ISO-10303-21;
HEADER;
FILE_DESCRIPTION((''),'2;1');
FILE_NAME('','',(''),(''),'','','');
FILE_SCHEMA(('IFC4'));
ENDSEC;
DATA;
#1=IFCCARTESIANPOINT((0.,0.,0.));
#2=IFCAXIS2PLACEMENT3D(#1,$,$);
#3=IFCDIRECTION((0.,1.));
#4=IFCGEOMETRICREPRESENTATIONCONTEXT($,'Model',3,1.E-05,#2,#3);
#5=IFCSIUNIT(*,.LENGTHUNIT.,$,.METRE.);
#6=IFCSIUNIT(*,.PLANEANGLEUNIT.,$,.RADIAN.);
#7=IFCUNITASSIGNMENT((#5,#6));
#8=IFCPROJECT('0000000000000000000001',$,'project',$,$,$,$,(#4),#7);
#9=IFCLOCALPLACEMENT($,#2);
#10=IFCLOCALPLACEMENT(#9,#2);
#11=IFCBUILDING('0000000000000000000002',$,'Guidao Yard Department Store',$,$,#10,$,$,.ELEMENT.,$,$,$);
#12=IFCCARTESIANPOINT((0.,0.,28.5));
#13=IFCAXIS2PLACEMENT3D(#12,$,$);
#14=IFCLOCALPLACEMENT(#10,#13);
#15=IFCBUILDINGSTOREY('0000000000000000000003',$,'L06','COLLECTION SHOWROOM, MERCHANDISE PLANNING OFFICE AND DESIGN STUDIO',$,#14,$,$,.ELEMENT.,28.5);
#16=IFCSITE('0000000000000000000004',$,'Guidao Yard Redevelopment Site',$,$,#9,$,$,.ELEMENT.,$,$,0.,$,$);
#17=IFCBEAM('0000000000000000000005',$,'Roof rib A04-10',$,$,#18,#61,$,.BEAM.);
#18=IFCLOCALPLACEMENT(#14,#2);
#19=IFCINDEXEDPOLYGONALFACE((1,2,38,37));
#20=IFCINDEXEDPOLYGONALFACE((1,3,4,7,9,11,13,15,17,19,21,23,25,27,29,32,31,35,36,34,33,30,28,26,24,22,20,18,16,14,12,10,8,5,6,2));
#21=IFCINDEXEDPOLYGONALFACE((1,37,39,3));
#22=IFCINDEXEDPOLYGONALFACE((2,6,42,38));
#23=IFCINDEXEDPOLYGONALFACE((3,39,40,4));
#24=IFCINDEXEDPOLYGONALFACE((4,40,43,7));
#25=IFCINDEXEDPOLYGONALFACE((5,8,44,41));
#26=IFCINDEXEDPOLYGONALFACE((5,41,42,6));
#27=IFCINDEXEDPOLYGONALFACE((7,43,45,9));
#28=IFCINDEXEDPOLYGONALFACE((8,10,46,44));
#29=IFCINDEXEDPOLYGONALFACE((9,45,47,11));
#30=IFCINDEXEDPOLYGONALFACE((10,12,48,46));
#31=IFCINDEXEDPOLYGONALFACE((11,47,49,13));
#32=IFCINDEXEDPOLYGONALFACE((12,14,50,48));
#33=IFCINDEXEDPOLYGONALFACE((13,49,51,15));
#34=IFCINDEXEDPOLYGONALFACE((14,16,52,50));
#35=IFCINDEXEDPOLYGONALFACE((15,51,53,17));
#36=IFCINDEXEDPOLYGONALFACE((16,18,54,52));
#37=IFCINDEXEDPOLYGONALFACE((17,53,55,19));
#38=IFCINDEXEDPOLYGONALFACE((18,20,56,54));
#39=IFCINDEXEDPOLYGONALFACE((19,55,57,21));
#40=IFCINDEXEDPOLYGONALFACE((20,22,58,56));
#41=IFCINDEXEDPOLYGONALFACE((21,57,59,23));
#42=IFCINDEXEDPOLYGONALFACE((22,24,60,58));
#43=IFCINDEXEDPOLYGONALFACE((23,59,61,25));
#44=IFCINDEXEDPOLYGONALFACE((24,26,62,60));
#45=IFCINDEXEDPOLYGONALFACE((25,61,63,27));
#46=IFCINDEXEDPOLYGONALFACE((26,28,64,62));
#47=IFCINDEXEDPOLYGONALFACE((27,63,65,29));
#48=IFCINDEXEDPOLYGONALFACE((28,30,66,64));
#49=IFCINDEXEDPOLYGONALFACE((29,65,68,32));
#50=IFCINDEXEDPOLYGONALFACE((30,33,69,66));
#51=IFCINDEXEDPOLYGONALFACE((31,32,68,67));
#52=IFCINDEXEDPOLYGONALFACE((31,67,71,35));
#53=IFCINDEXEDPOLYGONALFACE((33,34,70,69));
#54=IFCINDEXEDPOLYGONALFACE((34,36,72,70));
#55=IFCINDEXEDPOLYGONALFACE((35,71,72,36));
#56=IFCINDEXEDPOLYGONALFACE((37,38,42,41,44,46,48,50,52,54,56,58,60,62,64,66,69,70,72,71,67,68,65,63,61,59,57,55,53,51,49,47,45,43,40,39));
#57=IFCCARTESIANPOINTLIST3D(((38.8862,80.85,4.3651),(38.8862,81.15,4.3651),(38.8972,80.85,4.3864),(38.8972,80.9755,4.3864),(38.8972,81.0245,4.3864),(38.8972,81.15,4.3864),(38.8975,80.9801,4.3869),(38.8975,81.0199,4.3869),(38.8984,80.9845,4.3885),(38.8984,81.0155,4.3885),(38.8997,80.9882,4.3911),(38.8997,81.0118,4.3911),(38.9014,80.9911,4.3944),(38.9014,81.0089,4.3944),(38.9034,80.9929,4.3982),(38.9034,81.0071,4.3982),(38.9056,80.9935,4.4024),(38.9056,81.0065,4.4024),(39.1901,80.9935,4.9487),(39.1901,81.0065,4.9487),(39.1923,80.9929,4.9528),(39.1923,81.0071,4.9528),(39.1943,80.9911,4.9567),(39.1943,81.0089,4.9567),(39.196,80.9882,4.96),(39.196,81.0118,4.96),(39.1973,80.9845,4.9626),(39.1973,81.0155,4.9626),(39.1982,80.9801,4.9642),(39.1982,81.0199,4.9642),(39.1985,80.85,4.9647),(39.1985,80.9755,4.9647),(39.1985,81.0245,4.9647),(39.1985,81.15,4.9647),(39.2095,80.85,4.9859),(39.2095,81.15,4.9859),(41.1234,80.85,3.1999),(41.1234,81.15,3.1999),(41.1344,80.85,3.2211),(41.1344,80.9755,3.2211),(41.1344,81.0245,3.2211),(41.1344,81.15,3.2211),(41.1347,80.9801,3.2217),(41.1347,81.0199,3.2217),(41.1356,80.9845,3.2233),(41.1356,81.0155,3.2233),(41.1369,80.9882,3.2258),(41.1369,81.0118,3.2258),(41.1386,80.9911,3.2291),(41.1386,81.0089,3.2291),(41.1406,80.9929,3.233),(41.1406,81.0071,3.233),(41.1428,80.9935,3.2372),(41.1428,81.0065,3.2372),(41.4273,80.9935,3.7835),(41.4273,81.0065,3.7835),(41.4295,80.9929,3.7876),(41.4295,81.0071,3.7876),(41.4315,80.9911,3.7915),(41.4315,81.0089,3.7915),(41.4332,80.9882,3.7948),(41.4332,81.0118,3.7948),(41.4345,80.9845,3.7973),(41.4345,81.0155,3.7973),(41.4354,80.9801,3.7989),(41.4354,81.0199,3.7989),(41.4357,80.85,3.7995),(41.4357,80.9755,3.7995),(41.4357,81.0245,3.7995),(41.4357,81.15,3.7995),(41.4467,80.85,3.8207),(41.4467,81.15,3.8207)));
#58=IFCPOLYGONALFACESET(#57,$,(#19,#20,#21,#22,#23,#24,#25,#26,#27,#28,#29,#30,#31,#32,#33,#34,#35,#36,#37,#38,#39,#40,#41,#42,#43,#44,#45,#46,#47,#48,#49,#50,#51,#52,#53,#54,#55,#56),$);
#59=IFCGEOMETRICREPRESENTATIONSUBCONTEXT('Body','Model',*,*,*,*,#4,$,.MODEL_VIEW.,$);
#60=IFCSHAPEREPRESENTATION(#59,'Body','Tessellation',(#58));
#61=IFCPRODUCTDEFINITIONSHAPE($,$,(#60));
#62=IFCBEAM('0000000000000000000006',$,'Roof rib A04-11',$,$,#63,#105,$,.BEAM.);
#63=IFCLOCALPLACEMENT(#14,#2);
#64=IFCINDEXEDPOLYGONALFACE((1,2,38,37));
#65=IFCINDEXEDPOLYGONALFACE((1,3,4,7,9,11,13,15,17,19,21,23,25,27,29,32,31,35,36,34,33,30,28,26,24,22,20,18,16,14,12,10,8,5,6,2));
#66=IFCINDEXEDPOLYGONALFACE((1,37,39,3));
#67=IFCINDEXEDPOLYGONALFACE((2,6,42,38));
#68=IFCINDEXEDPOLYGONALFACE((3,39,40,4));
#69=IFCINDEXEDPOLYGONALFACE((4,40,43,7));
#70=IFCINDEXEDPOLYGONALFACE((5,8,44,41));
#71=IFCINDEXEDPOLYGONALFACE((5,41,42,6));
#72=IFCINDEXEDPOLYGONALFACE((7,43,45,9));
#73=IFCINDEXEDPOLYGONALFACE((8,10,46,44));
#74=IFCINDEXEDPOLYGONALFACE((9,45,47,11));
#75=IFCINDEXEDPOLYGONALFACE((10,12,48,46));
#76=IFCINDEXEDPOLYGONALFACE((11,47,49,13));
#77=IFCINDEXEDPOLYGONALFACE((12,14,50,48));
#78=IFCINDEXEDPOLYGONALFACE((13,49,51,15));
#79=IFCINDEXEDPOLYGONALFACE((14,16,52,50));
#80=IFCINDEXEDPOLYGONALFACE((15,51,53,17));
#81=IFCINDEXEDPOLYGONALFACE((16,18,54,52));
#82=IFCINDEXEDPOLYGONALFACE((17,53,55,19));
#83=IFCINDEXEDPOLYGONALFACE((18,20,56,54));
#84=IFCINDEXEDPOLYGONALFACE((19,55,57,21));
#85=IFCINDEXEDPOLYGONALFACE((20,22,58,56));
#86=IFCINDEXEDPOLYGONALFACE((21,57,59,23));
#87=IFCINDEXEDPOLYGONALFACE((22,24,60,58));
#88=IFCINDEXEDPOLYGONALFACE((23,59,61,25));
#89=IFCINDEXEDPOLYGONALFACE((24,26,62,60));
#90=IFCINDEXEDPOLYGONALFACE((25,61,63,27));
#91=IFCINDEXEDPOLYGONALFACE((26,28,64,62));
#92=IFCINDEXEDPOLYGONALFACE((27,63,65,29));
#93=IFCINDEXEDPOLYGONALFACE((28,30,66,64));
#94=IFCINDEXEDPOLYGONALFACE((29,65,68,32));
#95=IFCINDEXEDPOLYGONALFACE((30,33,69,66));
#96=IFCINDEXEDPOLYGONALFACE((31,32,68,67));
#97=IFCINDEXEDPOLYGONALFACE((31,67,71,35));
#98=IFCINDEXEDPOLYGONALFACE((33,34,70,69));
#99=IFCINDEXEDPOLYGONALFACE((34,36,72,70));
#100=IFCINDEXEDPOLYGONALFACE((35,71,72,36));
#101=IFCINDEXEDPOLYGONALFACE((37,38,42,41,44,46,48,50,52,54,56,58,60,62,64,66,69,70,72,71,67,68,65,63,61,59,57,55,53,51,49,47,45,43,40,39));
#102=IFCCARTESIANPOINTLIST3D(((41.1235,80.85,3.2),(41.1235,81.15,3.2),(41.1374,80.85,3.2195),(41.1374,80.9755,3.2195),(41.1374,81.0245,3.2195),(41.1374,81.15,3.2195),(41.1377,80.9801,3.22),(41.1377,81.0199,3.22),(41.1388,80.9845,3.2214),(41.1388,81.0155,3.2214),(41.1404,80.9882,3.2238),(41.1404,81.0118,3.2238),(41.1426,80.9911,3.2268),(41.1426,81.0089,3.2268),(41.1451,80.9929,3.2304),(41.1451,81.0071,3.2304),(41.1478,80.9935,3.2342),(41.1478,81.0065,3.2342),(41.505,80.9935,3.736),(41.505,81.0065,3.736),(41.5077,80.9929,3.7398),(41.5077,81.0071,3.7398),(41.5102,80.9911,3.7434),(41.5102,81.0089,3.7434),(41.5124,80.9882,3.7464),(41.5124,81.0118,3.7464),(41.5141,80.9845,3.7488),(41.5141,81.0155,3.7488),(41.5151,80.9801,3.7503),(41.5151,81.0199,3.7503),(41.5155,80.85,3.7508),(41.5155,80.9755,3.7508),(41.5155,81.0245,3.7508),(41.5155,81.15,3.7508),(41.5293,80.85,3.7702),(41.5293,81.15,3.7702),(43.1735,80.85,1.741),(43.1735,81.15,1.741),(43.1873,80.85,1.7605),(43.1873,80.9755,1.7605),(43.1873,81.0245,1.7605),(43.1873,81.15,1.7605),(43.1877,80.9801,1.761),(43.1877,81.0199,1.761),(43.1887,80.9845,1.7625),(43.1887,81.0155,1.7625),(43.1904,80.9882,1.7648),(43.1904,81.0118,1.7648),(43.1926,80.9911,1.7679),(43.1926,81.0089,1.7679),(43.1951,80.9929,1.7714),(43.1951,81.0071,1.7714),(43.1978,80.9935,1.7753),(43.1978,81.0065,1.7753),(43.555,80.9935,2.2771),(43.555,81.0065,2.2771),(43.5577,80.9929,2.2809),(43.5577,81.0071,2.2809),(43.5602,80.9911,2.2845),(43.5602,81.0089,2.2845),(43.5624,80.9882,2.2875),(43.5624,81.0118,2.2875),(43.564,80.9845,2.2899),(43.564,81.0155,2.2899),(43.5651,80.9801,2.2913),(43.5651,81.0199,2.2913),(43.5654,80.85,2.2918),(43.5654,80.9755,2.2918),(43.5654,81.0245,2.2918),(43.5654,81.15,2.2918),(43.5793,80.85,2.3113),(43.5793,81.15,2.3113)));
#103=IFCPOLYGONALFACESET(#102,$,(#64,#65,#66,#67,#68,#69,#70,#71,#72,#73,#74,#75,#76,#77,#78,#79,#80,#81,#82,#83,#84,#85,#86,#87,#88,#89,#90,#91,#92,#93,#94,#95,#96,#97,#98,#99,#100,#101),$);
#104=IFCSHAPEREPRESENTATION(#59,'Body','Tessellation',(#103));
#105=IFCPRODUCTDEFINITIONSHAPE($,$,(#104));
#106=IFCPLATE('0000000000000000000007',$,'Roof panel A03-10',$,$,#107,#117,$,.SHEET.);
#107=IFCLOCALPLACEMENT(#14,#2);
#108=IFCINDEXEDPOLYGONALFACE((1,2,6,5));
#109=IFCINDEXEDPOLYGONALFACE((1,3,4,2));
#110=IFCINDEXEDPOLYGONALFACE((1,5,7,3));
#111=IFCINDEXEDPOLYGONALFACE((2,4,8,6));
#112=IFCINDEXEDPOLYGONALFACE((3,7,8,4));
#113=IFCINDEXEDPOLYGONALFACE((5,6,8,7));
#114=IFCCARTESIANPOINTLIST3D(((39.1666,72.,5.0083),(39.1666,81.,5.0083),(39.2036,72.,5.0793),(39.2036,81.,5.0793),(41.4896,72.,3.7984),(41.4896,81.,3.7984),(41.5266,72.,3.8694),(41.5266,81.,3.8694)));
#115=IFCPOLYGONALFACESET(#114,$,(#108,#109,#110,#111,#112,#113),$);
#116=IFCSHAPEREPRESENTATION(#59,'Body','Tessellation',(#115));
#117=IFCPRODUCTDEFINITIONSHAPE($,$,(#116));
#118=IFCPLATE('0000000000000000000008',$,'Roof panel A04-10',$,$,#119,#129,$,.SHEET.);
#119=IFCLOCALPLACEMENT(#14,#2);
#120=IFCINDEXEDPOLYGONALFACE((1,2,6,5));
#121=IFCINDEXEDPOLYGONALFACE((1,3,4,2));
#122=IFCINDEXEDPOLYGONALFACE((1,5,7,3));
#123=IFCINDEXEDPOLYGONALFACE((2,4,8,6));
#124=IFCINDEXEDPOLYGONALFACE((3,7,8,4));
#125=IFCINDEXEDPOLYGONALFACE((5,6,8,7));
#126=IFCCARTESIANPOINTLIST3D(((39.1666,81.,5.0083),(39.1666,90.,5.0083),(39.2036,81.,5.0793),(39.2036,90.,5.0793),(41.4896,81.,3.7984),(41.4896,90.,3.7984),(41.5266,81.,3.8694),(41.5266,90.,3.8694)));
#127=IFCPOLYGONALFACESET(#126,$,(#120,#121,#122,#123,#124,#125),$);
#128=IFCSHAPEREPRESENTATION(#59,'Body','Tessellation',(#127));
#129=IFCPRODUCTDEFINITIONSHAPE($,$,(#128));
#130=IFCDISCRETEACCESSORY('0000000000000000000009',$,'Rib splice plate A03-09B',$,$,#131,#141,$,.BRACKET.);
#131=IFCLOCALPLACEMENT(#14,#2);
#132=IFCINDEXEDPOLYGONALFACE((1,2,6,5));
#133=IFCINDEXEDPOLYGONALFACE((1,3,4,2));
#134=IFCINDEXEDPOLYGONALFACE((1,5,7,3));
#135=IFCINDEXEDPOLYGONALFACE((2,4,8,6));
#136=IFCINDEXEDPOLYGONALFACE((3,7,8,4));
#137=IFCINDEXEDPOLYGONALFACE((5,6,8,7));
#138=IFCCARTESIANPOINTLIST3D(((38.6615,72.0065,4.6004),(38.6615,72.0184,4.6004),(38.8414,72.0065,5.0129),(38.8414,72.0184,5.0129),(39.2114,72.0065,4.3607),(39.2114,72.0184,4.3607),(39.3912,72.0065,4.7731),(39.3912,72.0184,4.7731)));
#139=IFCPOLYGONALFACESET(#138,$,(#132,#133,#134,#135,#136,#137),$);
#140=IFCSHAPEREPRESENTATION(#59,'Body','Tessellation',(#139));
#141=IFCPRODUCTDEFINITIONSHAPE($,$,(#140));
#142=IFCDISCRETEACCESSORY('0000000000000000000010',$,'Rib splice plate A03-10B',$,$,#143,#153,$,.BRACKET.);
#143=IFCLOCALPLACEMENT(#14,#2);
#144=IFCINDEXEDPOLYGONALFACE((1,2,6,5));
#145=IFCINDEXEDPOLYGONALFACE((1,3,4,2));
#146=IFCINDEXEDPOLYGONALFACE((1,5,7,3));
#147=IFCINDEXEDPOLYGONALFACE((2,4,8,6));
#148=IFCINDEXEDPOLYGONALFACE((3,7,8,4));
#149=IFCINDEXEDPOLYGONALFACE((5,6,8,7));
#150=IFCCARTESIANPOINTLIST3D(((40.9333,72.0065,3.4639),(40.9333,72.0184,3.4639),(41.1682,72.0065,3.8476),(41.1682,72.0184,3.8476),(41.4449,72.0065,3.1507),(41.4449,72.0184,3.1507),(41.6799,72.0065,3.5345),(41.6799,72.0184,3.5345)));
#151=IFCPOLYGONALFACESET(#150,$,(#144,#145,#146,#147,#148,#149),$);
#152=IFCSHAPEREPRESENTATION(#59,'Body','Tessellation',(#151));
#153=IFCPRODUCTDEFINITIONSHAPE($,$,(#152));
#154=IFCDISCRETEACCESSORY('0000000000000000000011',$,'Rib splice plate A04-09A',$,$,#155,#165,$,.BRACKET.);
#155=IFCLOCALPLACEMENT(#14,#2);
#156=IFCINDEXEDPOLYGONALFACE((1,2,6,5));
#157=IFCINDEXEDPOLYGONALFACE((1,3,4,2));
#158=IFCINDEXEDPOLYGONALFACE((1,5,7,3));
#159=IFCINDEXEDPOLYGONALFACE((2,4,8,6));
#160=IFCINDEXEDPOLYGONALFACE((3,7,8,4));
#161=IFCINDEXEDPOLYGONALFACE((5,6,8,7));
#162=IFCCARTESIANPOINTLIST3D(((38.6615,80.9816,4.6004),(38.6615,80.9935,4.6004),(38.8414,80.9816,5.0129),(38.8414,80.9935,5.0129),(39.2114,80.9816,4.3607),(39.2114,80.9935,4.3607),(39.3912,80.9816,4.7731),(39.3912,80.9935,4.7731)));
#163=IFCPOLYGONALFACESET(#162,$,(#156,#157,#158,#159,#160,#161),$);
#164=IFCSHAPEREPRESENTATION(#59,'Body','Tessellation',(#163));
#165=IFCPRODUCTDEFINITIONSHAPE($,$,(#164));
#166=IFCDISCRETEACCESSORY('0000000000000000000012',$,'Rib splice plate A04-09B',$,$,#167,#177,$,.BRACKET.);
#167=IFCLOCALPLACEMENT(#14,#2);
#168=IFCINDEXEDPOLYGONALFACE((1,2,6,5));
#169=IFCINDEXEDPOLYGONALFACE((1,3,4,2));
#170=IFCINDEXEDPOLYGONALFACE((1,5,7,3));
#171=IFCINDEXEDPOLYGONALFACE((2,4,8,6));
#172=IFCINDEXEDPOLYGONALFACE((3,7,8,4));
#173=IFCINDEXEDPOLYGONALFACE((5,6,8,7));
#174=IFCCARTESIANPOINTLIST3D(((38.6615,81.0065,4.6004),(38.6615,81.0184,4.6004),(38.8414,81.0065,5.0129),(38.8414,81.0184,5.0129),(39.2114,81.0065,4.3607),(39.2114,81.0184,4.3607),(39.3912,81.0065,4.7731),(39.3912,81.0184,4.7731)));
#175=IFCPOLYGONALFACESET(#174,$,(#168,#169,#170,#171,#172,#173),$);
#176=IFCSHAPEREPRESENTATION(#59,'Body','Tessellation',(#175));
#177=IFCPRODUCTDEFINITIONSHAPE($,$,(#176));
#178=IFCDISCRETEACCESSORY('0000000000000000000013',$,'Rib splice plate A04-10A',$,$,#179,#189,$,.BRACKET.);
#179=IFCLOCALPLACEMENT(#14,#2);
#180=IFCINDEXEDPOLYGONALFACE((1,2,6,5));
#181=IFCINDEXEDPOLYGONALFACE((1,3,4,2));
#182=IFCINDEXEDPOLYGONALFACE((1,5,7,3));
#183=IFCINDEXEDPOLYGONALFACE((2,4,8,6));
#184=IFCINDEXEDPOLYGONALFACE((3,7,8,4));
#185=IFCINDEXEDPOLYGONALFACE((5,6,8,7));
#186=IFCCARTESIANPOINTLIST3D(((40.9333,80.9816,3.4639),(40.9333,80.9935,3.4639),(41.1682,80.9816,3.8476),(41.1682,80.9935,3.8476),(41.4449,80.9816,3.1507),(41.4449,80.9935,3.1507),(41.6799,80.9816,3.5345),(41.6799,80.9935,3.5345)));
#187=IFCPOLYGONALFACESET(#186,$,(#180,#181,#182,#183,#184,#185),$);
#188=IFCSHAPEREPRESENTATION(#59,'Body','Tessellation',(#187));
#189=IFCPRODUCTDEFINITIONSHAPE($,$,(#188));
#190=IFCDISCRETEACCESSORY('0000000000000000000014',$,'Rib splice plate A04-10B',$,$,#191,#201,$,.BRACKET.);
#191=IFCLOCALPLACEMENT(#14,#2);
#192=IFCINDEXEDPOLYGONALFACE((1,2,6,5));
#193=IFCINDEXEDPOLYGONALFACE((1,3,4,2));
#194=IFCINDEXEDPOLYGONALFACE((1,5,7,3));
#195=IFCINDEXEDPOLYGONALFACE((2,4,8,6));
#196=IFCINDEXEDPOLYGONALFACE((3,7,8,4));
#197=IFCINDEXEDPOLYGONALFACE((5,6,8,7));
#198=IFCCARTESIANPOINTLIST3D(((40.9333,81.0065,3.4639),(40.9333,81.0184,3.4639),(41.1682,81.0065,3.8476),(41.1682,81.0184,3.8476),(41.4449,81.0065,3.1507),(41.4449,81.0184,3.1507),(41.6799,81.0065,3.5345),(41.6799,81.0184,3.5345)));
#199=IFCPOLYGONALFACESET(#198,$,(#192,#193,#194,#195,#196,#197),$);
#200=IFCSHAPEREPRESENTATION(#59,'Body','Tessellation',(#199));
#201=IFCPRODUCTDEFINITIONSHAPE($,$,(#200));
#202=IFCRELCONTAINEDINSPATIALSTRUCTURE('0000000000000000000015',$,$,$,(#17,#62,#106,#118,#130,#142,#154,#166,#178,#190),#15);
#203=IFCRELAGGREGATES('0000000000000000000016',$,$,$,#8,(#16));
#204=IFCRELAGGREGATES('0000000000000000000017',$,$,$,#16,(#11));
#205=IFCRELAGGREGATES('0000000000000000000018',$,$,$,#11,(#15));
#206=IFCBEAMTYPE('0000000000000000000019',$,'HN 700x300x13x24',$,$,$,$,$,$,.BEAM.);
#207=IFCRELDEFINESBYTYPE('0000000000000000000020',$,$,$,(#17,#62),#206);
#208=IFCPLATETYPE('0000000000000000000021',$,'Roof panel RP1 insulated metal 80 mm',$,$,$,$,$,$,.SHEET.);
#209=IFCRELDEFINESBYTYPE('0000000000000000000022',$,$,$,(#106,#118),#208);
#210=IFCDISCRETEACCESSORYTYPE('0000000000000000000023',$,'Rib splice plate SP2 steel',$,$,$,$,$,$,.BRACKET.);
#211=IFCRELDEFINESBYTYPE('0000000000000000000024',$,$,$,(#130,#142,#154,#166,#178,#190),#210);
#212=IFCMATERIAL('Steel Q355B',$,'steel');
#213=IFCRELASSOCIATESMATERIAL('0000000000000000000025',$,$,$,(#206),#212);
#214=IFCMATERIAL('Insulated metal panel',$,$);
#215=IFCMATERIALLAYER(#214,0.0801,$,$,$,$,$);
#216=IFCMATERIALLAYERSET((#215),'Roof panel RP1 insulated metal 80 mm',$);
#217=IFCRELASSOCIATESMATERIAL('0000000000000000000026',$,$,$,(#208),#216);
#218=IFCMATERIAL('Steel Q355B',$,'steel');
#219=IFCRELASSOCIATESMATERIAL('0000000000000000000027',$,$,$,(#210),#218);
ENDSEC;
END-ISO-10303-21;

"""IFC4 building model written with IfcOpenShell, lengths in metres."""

from ifc_helpers import new_model, si_unit, direction, frame, origin, origin_2d, place, context, subcontext, project, spatial, polyline, rectangle, i_section, outline, extrude, material, layer, layer_set, material_profile, profile_set, type_object, element, save


model = new_model("IFC4")

# Units and contexts
model_context = context("Model", 3, precision=1e-05, world=origin(), true_north=direction((0.0, 1.0)))
body_context = subcontext(model_context, "Body", "Model", "MODEL_VIEW")
ifc_project = project(units=[si_unit("LENGTHUNIT", "METRE"), si_unit("PLANEANGLEUNIT", "RADIAN")], contexts=[model_context])

# Site, building, storey
site_placement = place(None, origin())
site = spatial("IfcSite", under=ifc_project, at=site_placement, Name="Guidao Yard Redevelopment Site", CompositionType="ELEMENT", RefElevation=0.0)
building_placement = place(site_placement, origin())
building = spatial("IfcBuilding", under=site, at=building_placement, Name="Guidao Yard Department Store", CompositionType="ELEMENT")
storey_placement = place(building_placement, frame((0.0, 0.0, 28.5)))
storey = spatial("IfcBuildingStorey", under=building, at=storey_placement, Name="L06", Description="COLLECTION SHOWROOM, MERCHANDISE PLANNING OFFICE AND DESIGN STUDIO", CompositionType="ELEMENT", Elevation=28.5)

# Beams
ifc_material_1 = material(Name="Steel Q355B", Category="steel")
ifc_material_profile_1 = material_profile(ifc_material_1, i_section(OverallWidth=0.3, OverallDepth=0.7, WebThickness=0.0129, FlangeThickness=0.0239, FilletRadius=0.0181, at=origin_2d()), Name="HN 700x300x13x24")
ifc_profile_set_1 = profile_set([ifc_material_profile_1], Name="Steel Q355B")
beam_type = type_object("IfcBeamType", Name="HN 700x300x13x24", PredefinedType="BEAM", material=ifc_profile_set_1)
beam_1_placement = place(storey_placement, frame((39.0479, 81.0, 4.6755), z_axis=(0.886911, 0.0, -0.461941), x_axis=(0.0, 1.0, 0.0)))
element("IfcBeam", 1, at=beam_1_placement, inside=storey, type_object=beam_type, Name="Roof rib A04-10", PredefinedType="BEAM", context=body_context, shape_type="SweptSolid", body=[
    extrude(i_section(OverallWidth=0.3, OverallDepth=0.7, WebThickness=0.0129, FlangeThickness=0.0239, FilletRadius=0.0181, at=origin_2d()), origin(), (0.0, 0.0, 1.0), 2.5225),
])
beam_2_placement = place(storey_placement, frame((41.3264, 81.0, 3.4851), z_axis=(0.814735, 0.0, -0.579833), x_axis=(0.0, 1.0, 0.0)))
element("IfcBeam", 2, at=beam_2_placement, inside=storey, type_object=beam_type, Name="Roof rib A04-11", PredefinedType="BEAM", context=body_context, shape_type="SweptSolid", body=[
    extrude(i_section(OverallWidth=0.3, OverallDepth=0.7, WebThickness=0.0129, FlangeThickness=0.0239, FilletRadius=0.0181, at=origin_2d()), origin(), (0.0, 0.0, 1.0), 2.5161),
])

# Plates
ifc_material_2 = material(Name="Insulated metal panel")
ifc_layer = layer(ifc_material_2, 0.0801)
ifc_layer_set = layer_set([ifc_layer], Name="Roof panel RP1 insulated metal 80 mm")
plate_type = type_object("IfcPlateType", Name="Roof panel RP1 insulated metal 80 mm", PredefinedType="SHEET", material=ifc_layer_set)
for number, where, z_axis, x_axis, name in (
    (3, (39.2036, 72.0, 5.0793), (0.461954, 0.0, 0.886904), (0.886904, 0.0, -0.461954), "Roof panel A03-10"),
    (4, (39.2036, 81.0, 5.0793), (0.461954, 0.0, 0.886904), (0.886904, 0.0, -0.461954), "Roof panel A04-10"),
):
    element("IfcPlate", number, at=place(storey_placement, frame(where, z_axis=z_axis, x_axis=x_axis)), inside=storey, type_object=plate_type, Name=name, PredefinedType="SHEET", context=body_context, shape_type="SweptSolid", body=[
        extrude(outline(polyline([(0.0, 0.0), (2.6192, 0.0), (2.6192, 9.0), (0.0, 9.0), (0.0, 0.0)])), origin(), (0.0, 0.0, -1.0), 0.0801),
    ])

# Discrete accessories
ifc_material_3 = material(Name="Steel Q355B", Category="steel")
ifc_material_profile_2 = material_profile(ifc_material_3, rectangle(XDim=0.012, YDim=0.45, at=origin_2d()), Name="Splice plate 450x12")
ifc_profile_set_2 = profile_set([ifc_material_profile_2], Name="Steel Q355B")
discrete_accessory_type_1 = type_object("IfcDiscreteAccessoryType", Name="Rib splice plate SP2 steel", PredefinedType="BRACKET", material=ifc_profile_set_2)
for number, where, z_axis, x_axis, name in (
    (5, (38.7515, 72.0125, 4.8066), (0.916642, 0.0, -0.399708), (0.0, 1.0, 0.0), "Rib splice plate A03-09B"),
    (6, (41.0508, 72.0125, 3.6558), (0.852899, 0.0, -0.522075), (0.0, 1.0, 0.0), "Rib splice plate A03-10B"),
    (7, (38.7515, 80.9875, 4.8066), (0.916642, 0.0, -0.399708), (0.0, 1.0, 0.0), "Rib splice plate A04-09A"),
    (8, (38.7515, 81.0125, 4.8066), (0.916642, 0.0, -0.399708), (0.0, 1.0, 0.0), "Rib splice plate A04-09B"),
    (9, (41.0508, 80.9875, 3.6558), (0.852899, 0.0, -0.522075), (0.0, 1.0, 0.0), "Rib splice plate A04-10A"),
    (10, (41.0508, 81.0125, 3.6558), (0.852899, 0.0, -0.522075), (0.0, 1.0, 0.0), "Rib splice plate A04-10B"),
):
    element("IfcDiscreteAccessory", number, at=place(storey_placement, frame(where, z_axis=z_axis, x_axis=x_axis)), inside=storey, type_object=discrete_accessory_type_1, Name=name, PredefinedType="BRACKET", context=body_context, shape_type="SweptSolid", body=[
        extrude(rectangle(XDim=0.012, YDim=0.45, at=origin_2d()), origin(), (0.0, 0.0, 1.0), 0.5999),
    ])

save(model, "model.ifc")
